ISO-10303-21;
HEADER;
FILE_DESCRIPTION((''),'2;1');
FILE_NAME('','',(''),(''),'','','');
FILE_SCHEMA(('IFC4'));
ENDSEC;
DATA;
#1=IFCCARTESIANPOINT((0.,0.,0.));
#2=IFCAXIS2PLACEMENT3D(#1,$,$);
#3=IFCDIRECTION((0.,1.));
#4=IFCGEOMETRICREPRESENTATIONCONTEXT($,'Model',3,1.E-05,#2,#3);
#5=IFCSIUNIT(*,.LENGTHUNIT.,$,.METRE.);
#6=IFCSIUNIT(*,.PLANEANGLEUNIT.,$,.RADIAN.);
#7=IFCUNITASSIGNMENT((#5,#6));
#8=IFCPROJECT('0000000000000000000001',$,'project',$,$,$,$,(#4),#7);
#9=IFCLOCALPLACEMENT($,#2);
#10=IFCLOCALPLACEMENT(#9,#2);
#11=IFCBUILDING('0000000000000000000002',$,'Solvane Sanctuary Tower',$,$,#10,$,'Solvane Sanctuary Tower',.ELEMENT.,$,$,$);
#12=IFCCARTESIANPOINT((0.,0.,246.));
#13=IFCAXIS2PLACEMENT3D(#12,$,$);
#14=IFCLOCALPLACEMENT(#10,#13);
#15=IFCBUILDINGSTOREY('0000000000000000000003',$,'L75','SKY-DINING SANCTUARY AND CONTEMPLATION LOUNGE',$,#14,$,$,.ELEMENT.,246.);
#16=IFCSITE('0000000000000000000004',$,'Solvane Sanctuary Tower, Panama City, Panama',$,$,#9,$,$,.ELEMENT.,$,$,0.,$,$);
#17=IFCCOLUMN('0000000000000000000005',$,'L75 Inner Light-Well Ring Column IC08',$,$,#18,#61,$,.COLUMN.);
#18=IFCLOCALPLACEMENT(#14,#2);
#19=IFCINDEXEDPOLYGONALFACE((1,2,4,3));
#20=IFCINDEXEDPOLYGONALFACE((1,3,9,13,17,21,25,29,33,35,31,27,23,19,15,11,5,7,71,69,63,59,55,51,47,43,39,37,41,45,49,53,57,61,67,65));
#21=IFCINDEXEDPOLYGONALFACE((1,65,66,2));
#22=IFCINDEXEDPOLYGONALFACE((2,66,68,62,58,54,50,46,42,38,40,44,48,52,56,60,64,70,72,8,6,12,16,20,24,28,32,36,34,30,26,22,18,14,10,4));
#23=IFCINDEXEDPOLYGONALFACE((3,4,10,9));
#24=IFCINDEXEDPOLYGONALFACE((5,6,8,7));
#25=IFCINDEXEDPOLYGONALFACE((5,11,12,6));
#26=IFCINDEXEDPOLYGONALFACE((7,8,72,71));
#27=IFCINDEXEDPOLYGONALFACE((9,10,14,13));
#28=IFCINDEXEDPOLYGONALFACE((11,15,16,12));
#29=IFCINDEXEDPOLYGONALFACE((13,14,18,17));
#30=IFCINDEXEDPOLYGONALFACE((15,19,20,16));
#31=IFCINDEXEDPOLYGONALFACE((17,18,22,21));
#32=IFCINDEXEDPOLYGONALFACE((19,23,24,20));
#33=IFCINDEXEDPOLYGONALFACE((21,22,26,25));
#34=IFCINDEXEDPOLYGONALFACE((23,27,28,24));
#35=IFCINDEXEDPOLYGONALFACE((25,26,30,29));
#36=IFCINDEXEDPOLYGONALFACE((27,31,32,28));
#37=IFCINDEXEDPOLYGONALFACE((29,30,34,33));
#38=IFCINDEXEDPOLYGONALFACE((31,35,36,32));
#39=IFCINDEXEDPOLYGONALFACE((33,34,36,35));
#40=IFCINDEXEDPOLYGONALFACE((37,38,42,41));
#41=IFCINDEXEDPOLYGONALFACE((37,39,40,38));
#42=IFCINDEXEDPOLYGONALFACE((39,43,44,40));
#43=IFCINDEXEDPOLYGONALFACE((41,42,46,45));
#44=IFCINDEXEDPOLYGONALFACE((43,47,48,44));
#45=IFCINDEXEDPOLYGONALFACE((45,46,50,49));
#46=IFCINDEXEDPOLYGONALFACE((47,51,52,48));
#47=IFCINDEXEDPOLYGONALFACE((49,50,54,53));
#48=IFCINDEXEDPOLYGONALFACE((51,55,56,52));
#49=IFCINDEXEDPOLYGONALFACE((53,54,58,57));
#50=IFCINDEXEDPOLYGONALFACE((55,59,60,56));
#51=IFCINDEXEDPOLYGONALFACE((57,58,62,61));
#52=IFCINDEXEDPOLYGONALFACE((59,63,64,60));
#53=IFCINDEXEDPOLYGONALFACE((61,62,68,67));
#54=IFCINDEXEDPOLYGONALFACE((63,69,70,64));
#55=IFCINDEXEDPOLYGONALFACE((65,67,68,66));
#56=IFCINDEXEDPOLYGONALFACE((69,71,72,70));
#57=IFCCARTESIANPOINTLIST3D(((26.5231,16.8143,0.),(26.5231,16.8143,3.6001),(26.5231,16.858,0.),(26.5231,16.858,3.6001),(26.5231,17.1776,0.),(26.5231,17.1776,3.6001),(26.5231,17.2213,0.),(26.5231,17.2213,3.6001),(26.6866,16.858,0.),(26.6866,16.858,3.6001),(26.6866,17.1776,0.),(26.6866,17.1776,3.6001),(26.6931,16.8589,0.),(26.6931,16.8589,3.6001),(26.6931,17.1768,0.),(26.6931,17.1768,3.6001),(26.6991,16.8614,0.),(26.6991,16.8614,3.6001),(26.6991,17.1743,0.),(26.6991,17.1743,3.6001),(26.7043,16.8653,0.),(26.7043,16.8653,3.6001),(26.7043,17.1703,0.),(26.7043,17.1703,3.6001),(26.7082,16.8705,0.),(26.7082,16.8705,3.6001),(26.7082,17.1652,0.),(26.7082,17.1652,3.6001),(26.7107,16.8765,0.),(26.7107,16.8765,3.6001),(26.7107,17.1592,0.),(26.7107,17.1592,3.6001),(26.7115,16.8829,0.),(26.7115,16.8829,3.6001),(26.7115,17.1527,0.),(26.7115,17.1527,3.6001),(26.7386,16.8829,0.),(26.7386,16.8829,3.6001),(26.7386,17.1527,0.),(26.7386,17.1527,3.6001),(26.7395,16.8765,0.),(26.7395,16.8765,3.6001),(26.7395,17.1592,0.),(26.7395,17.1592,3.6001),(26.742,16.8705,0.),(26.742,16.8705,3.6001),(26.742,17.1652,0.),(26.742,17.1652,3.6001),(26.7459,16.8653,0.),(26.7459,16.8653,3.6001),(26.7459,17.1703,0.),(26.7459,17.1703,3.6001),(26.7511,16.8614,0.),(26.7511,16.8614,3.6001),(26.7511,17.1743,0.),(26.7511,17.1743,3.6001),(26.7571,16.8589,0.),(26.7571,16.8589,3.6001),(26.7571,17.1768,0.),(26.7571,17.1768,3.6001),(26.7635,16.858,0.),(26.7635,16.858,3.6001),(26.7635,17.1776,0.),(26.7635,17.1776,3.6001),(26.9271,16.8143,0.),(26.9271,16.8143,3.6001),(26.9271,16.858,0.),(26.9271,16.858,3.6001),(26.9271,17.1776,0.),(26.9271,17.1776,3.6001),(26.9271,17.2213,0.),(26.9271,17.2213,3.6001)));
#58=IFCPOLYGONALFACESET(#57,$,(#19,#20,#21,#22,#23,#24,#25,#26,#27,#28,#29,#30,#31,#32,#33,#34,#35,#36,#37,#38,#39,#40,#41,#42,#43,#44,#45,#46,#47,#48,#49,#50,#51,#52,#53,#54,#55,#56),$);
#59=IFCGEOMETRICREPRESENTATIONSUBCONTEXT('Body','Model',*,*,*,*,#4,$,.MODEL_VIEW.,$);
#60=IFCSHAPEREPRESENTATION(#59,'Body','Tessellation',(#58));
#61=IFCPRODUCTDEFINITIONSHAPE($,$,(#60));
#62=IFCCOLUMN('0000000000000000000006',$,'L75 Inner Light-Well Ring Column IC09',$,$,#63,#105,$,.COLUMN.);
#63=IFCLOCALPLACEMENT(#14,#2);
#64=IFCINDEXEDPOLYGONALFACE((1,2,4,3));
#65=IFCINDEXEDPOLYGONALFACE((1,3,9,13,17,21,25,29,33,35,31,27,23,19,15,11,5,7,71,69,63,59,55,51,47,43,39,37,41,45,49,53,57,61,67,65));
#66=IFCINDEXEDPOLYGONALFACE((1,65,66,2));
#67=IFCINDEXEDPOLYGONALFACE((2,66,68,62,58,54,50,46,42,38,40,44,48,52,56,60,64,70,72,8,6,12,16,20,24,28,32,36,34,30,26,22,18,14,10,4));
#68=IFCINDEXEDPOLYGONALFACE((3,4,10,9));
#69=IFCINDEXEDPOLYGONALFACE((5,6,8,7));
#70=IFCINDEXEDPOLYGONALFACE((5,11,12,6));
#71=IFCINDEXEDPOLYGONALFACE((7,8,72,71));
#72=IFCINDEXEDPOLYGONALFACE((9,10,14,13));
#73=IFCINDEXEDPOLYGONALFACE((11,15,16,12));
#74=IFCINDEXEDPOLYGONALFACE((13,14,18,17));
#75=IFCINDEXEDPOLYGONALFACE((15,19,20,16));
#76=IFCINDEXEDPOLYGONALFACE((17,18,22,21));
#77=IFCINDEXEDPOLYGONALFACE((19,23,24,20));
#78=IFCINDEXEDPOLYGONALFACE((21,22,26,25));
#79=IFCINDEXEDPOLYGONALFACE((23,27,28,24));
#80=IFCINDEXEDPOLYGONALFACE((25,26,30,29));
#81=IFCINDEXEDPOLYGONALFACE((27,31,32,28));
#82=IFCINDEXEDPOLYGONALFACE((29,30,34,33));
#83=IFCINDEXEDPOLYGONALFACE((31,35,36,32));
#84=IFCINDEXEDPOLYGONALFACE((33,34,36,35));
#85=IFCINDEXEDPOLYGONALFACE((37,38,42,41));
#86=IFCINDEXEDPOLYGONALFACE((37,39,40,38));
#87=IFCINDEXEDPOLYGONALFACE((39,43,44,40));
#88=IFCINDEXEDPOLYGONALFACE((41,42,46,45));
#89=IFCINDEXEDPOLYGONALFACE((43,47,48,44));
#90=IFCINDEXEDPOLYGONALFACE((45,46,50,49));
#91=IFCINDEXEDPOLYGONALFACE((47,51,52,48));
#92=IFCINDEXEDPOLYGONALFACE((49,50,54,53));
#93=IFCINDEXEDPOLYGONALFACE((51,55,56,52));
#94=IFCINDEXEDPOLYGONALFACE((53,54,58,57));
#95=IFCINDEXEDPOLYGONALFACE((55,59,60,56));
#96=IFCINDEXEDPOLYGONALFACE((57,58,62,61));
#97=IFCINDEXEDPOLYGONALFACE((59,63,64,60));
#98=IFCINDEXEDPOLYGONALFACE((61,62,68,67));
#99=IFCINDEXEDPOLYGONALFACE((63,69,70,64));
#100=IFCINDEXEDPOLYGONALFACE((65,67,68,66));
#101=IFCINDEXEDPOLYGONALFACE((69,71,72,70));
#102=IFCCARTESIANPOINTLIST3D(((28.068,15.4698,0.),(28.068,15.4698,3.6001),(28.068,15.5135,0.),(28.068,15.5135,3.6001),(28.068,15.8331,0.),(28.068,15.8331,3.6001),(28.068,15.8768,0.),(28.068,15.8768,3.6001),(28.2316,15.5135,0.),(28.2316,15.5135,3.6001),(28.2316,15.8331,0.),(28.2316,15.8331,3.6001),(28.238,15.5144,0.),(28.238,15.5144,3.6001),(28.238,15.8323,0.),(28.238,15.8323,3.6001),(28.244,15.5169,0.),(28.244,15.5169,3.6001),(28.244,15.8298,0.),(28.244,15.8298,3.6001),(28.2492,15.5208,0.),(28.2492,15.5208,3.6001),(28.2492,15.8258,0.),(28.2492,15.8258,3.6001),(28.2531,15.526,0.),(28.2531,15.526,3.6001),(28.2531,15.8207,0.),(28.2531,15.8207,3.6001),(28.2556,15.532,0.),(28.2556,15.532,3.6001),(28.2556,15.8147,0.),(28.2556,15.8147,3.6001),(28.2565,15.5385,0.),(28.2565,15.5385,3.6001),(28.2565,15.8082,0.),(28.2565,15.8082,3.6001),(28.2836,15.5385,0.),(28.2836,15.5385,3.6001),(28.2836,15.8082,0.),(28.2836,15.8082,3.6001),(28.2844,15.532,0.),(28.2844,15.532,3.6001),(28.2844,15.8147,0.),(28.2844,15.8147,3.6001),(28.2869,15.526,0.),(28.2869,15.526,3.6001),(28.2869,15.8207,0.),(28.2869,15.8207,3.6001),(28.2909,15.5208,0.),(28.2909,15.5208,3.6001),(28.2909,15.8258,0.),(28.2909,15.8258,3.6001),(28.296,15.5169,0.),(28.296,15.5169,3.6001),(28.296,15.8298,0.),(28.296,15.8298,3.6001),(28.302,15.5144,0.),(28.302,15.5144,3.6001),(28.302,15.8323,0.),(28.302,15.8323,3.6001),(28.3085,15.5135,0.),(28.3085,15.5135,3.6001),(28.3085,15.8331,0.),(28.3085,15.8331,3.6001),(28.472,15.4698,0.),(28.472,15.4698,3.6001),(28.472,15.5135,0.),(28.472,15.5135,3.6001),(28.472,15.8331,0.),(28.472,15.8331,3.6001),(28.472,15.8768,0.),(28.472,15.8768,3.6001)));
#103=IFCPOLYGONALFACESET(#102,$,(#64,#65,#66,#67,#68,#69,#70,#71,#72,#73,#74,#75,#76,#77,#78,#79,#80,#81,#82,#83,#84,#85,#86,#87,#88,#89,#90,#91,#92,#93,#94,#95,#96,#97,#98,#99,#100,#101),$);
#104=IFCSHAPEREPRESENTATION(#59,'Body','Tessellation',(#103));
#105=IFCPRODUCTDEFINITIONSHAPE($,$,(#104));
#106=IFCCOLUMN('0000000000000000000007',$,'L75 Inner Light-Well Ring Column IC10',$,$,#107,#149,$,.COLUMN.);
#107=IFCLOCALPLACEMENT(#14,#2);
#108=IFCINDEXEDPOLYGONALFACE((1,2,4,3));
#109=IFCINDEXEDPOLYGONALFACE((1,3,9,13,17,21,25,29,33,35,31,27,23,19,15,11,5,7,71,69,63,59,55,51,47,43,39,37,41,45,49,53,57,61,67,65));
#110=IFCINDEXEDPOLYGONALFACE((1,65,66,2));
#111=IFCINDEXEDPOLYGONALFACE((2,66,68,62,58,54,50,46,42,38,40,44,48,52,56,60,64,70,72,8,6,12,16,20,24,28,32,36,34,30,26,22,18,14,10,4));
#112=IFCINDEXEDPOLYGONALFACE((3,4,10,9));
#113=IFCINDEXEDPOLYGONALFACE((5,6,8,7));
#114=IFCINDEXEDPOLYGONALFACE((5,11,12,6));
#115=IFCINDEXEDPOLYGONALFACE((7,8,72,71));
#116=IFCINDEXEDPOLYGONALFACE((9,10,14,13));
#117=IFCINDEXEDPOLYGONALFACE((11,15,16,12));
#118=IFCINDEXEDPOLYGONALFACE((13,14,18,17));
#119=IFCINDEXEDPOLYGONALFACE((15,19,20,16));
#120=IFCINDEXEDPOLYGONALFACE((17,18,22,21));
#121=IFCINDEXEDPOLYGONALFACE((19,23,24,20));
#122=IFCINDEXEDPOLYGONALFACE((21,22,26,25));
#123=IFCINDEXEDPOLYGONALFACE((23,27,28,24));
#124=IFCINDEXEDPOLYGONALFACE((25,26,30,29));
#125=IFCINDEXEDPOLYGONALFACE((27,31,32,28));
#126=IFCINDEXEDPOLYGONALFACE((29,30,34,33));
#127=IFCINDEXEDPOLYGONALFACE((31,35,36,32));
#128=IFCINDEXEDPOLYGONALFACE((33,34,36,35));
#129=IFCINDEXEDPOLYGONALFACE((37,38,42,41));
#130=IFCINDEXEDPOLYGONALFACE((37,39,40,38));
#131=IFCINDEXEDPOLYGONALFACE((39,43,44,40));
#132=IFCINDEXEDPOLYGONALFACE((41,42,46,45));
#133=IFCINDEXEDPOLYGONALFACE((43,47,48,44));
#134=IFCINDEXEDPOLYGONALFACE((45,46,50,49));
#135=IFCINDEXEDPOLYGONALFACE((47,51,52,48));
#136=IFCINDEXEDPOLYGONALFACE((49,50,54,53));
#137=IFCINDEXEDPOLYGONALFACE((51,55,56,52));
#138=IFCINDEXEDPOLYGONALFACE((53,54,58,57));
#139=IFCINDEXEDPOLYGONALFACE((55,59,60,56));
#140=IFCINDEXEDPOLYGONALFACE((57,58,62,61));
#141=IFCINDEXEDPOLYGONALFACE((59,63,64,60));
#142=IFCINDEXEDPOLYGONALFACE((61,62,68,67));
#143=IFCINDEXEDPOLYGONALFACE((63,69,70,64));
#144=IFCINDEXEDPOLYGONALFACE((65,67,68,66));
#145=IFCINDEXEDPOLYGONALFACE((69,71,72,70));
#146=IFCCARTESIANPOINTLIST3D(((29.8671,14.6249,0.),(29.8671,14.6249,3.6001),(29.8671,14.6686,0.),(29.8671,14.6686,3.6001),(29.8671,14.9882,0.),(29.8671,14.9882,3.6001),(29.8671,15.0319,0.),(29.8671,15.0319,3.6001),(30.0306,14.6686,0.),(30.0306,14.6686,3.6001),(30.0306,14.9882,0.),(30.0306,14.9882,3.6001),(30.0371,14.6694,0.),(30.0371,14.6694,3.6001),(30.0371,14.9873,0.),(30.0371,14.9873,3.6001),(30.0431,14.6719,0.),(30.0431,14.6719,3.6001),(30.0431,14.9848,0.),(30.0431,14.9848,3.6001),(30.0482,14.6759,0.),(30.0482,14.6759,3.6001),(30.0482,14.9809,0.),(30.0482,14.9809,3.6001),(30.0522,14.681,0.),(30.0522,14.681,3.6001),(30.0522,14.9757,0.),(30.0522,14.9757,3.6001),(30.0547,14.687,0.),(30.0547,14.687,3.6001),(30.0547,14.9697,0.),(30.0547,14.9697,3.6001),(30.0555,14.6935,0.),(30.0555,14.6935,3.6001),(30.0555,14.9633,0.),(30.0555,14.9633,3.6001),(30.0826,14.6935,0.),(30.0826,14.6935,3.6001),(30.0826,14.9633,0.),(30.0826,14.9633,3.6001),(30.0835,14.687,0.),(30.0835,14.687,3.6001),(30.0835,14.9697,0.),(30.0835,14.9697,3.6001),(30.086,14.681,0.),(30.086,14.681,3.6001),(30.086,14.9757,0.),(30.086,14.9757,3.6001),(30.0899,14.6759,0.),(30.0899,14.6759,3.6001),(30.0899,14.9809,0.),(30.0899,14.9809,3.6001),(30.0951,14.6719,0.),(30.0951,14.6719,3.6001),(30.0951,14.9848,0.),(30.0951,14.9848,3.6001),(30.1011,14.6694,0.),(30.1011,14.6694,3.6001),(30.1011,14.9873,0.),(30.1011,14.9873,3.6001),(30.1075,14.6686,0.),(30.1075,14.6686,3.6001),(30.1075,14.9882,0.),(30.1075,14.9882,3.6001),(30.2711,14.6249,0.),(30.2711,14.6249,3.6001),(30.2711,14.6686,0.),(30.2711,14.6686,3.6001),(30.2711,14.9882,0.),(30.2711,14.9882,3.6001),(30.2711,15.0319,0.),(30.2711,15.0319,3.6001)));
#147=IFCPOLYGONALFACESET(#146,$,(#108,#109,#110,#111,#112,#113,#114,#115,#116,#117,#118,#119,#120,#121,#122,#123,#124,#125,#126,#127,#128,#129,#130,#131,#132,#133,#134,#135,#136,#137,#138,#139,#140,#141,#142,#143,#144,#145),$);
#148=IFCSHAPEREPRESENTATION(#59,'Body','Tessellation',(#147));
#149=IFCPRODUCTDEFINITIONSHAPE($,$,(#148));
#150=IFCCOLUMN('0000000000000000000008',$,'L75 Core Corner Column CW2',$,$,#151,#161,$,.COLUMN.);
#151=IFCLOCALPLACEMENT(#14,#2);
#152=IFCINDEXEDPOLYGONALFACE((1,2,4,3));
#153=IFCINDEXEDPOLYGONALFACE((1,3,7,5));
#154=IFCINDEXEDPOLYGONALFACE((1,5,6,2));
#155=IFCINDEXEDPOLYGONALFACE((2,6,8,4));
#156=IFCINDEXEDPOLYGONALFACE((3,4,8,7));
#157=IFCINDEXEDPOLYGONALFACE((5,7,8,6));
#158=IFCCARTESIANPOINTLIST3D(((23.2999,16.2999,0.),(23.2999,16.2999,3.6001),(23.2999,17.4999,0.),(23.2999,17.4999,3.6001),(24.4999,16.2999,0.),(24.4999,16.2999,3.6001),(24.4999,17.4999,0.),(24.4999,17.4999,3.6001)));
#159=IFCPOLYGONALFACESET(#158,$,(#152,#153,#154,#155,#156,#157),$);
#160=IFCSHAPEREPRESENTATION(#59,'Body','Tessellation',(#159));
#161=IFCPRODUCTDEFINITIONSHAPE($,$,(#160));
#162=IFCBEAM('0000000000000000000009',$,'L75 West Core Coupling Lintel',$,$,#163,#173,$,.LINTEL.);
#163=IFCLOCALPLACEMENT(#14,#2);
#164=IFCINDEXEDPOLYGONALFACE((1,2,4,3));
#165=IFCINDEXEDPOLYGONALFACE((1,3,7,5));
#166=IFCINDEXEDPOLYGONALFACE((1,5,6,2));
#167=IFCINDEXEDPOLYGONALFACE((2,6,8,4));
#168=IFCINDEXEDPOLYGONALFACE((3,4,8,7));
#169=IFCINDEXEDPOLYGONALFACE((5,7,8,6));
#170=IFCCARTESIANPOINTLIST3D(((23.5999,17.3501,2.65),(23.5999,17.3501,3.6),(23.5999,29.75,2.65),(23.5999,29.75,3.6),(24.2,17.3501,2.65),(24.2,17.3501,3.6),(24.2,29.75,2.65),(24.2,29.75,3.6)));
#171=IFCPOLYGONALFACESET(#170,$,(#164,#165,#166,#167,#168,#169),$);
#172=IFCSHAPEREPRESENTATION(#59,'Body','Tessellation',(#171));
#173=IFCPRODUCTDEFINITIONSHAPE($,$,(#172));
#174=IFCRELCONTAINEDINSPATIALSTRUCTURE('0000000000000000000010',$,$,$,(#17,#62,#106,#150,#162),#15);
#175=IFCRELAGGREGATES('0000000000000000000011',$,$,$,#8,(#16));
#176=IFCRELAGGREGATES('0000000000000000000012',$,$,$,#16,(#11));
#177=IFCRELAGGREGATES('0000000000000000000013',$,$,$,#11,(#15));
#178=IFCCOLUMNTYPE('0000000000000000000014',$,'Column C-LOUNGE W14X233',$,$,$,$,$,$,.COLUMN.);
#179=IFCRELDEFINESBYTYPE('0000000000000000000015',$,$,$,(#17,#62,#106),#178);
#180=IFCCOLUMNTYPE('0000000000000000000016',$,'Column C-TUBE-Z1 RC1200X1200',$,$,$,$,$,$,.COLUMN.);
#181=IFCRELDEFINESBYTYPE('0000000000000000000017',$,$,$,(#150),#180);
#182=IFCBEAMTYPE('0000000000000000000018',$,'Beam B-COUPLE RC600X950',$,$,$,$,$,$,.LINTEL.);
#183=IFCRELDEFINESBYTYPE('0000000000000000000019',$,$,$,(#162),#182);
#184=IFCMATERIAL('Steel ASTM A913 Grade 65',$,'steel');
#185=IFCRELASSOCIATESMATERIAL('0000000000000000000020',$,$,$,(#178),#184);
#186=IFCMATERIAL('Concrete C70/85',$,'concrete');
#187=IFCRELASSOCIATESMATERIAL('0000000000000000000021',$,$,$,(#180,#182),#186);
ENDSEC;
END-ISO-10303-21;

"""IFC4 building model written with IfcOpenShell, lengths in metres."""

from ifc_helpers import new_model, si_unit, direction, frame, origin, origin_2d, place, context, subcontext, project, spatial, rectangle, i_section, extrude, material, material_profile, profile_set, type_object, element, save


model = new_model("IFC4")

# Units and contexts
model_context = context("Model", 3, precision=1e-05, world=origin(), true_north=direction((0.0, 1.0)))
body_context = subcontext(model_context, "Body", "Model", "MODEL_VIEW")
ifc_project = project(units=[si_unit("LENGTHUNIT", "METRE"), si_unit("PLANEANGLEUNIT", "RADIAN")], contexts=[model_context])

# Site, building, storey
site_placement = place(None, origin())
site = spatial("IfcSite", under=ifc_project, at=site_placement, Name="Solvane Sanctuary Tower, Panama City, Panama", CompositionType="ELEMENT", RefElevation=0.0)
building_placement = place(site_placement, origin())
building = spatial("IfcBuilding", under=site, at=building_placement, Name="Solvane Sanctuary Tower", LongName="Solvane Sanctuary Tower", CompositionType="ELEMENT")
storey_placement = place(building_placement, frame((0.0, 0.0, 246.0)))
storey = spatial("IfcBuildingStorey", under=building, at=storey_placement, Name="L75", Description="SKY-DINING SANCTUARY AND CONTEMPLATION LOUNGE", CompositionType="ELEMENT", Elevation=246.0)

# Columns
ifc_material_1 = material(Name="Steel ASTM A913 Grade 65", Category="steel")
ifc_material_profile_1 = material_profile(ifc_material_1, i_section(OverallWidth=0.4041, OverallDepth=0.407, WebThickness=0.0271, FlangeThickness=0.0437, FilletRadius=0.0249, at=origin_2d()), Name="W14X233")
ifc_profile_set_1 = profile_set([ifc_material_profile_1], Name="Steel ASTM A913 Grade 65")
column_type_1 = type_object("IfcColumnType", Name="Column C-LOUNGE W14X233", PredefinedType="COLUMN", material=ifc_profile_set_1)
for number, where, z_axis, x_axis, name in (
    (1, (26.7251, 17.0178, 0.0), (0.0, 0.0, 1.0), (1.0, 0.0, 0.0), "L75 Inner Light-Well Ring Column IC08"),
    (2, (28.27, 15.6733, 0.0), (0.0, 0.0, 1.0), (1.0, 0.0, 0.0), "L75 Inner Light-Well Ring Column IC09"),
    (3, (30.0691, 14.8284, 0.0), (0.0, 0.0, 1.0), (1.0, 0.0, 0.0), "L75 Inner Light-Well Ring Column IC10"),
):
    element("IfcColumn", number, at=place(storey_placement, frame(where, z_axis=z_axis, x_axis=x_axis)), inside=storey, type_object=column_type_1, Name=name, PredefinedType="COLUMN", context=body_context, shape_type="SweptSolid", body=[
        extrude(i_section(OverallWidth=0.4041, OverallDepth=0.407, WebThickness=0.0271, FlangeThickness=0.0437, FilletRadius=0.0249, at=origin_2d()), origin(), (0.0, 0.0, 1.0), 3.6001),
    ])
ifc_material_2 = material(Name="Concrete C70/85", Category="concrete")
ifc_material_profile_2 = material_profile(ifc_material_2, rectangle(XDim=1.2, YDim=1.2, at=origin_2d()), Name="RC1200X1200")
ifc_profile_set_2 = profile_set([ifc_material_profile_2], Name="Concrete C70/85")
column_type_2 = type_object("IfcColumnType", Name="Column C-TUBE-Z1 RC1200X1200", PredefinedType="COLUMN", material=ifc_profile_set_2)
column_placement = place(storey_placement, frame((23.8999, 16.8999, 0.0), z_axis=(0.0, 0.0, 1.0), x_axis=(1.0, 0.0, 0.0)))
element("IfcColumn", 4, at=column_placement, inside=storey, type_object=column_type_2, Name="L75 Core Corner Column CW2", PredefinedType="COLUMN", context=body_context, shape_type="SweptSolid", body=[
    extrude(rectangle(XDim=1.2, YDim=1.2, at=origin_2d()), origin(), (0.0, 0.0, 1.0), 3.6001),
])

# Beam
ifc_material_profile_3 = material_profile(ifc_material_2, rectangle(XDim=0.6001, YDim=0.95, at=origin_2d()), Name="RC600X950")
ifc_profile_set_3 = profile_set([ifc_material_profile_3], Name="Concrete C70/85")
beam_type_1 = type_object("IfcBeamType", Name="Beam B-COUPLE RC600X950", PredefinedType="LINTEL", material=ifc_profile_set_3)
beam_1_placement = place(storey_placement, frame((23.8999, 17.3501, 3.125), z_axis=(0.0, 1.0, 0.0), x_axis=(-1.0, 0.0, 0.0)))
element("IfcBeam", 5, at=beam_1_placement, inside=storey, type_object=beam_type_1, Name="L75 West Core Coupling Lintel", PredefinedType="LINTEL", context=body_context, shape_type="SweptSolid", body=[
    extrude(rectangle(XDim=0.6001, YDim=0.95, at=origin_2d()), origin(), (0.0, 0.0, 1.0), 12.3999),
])

save(model, "model.ifc")
